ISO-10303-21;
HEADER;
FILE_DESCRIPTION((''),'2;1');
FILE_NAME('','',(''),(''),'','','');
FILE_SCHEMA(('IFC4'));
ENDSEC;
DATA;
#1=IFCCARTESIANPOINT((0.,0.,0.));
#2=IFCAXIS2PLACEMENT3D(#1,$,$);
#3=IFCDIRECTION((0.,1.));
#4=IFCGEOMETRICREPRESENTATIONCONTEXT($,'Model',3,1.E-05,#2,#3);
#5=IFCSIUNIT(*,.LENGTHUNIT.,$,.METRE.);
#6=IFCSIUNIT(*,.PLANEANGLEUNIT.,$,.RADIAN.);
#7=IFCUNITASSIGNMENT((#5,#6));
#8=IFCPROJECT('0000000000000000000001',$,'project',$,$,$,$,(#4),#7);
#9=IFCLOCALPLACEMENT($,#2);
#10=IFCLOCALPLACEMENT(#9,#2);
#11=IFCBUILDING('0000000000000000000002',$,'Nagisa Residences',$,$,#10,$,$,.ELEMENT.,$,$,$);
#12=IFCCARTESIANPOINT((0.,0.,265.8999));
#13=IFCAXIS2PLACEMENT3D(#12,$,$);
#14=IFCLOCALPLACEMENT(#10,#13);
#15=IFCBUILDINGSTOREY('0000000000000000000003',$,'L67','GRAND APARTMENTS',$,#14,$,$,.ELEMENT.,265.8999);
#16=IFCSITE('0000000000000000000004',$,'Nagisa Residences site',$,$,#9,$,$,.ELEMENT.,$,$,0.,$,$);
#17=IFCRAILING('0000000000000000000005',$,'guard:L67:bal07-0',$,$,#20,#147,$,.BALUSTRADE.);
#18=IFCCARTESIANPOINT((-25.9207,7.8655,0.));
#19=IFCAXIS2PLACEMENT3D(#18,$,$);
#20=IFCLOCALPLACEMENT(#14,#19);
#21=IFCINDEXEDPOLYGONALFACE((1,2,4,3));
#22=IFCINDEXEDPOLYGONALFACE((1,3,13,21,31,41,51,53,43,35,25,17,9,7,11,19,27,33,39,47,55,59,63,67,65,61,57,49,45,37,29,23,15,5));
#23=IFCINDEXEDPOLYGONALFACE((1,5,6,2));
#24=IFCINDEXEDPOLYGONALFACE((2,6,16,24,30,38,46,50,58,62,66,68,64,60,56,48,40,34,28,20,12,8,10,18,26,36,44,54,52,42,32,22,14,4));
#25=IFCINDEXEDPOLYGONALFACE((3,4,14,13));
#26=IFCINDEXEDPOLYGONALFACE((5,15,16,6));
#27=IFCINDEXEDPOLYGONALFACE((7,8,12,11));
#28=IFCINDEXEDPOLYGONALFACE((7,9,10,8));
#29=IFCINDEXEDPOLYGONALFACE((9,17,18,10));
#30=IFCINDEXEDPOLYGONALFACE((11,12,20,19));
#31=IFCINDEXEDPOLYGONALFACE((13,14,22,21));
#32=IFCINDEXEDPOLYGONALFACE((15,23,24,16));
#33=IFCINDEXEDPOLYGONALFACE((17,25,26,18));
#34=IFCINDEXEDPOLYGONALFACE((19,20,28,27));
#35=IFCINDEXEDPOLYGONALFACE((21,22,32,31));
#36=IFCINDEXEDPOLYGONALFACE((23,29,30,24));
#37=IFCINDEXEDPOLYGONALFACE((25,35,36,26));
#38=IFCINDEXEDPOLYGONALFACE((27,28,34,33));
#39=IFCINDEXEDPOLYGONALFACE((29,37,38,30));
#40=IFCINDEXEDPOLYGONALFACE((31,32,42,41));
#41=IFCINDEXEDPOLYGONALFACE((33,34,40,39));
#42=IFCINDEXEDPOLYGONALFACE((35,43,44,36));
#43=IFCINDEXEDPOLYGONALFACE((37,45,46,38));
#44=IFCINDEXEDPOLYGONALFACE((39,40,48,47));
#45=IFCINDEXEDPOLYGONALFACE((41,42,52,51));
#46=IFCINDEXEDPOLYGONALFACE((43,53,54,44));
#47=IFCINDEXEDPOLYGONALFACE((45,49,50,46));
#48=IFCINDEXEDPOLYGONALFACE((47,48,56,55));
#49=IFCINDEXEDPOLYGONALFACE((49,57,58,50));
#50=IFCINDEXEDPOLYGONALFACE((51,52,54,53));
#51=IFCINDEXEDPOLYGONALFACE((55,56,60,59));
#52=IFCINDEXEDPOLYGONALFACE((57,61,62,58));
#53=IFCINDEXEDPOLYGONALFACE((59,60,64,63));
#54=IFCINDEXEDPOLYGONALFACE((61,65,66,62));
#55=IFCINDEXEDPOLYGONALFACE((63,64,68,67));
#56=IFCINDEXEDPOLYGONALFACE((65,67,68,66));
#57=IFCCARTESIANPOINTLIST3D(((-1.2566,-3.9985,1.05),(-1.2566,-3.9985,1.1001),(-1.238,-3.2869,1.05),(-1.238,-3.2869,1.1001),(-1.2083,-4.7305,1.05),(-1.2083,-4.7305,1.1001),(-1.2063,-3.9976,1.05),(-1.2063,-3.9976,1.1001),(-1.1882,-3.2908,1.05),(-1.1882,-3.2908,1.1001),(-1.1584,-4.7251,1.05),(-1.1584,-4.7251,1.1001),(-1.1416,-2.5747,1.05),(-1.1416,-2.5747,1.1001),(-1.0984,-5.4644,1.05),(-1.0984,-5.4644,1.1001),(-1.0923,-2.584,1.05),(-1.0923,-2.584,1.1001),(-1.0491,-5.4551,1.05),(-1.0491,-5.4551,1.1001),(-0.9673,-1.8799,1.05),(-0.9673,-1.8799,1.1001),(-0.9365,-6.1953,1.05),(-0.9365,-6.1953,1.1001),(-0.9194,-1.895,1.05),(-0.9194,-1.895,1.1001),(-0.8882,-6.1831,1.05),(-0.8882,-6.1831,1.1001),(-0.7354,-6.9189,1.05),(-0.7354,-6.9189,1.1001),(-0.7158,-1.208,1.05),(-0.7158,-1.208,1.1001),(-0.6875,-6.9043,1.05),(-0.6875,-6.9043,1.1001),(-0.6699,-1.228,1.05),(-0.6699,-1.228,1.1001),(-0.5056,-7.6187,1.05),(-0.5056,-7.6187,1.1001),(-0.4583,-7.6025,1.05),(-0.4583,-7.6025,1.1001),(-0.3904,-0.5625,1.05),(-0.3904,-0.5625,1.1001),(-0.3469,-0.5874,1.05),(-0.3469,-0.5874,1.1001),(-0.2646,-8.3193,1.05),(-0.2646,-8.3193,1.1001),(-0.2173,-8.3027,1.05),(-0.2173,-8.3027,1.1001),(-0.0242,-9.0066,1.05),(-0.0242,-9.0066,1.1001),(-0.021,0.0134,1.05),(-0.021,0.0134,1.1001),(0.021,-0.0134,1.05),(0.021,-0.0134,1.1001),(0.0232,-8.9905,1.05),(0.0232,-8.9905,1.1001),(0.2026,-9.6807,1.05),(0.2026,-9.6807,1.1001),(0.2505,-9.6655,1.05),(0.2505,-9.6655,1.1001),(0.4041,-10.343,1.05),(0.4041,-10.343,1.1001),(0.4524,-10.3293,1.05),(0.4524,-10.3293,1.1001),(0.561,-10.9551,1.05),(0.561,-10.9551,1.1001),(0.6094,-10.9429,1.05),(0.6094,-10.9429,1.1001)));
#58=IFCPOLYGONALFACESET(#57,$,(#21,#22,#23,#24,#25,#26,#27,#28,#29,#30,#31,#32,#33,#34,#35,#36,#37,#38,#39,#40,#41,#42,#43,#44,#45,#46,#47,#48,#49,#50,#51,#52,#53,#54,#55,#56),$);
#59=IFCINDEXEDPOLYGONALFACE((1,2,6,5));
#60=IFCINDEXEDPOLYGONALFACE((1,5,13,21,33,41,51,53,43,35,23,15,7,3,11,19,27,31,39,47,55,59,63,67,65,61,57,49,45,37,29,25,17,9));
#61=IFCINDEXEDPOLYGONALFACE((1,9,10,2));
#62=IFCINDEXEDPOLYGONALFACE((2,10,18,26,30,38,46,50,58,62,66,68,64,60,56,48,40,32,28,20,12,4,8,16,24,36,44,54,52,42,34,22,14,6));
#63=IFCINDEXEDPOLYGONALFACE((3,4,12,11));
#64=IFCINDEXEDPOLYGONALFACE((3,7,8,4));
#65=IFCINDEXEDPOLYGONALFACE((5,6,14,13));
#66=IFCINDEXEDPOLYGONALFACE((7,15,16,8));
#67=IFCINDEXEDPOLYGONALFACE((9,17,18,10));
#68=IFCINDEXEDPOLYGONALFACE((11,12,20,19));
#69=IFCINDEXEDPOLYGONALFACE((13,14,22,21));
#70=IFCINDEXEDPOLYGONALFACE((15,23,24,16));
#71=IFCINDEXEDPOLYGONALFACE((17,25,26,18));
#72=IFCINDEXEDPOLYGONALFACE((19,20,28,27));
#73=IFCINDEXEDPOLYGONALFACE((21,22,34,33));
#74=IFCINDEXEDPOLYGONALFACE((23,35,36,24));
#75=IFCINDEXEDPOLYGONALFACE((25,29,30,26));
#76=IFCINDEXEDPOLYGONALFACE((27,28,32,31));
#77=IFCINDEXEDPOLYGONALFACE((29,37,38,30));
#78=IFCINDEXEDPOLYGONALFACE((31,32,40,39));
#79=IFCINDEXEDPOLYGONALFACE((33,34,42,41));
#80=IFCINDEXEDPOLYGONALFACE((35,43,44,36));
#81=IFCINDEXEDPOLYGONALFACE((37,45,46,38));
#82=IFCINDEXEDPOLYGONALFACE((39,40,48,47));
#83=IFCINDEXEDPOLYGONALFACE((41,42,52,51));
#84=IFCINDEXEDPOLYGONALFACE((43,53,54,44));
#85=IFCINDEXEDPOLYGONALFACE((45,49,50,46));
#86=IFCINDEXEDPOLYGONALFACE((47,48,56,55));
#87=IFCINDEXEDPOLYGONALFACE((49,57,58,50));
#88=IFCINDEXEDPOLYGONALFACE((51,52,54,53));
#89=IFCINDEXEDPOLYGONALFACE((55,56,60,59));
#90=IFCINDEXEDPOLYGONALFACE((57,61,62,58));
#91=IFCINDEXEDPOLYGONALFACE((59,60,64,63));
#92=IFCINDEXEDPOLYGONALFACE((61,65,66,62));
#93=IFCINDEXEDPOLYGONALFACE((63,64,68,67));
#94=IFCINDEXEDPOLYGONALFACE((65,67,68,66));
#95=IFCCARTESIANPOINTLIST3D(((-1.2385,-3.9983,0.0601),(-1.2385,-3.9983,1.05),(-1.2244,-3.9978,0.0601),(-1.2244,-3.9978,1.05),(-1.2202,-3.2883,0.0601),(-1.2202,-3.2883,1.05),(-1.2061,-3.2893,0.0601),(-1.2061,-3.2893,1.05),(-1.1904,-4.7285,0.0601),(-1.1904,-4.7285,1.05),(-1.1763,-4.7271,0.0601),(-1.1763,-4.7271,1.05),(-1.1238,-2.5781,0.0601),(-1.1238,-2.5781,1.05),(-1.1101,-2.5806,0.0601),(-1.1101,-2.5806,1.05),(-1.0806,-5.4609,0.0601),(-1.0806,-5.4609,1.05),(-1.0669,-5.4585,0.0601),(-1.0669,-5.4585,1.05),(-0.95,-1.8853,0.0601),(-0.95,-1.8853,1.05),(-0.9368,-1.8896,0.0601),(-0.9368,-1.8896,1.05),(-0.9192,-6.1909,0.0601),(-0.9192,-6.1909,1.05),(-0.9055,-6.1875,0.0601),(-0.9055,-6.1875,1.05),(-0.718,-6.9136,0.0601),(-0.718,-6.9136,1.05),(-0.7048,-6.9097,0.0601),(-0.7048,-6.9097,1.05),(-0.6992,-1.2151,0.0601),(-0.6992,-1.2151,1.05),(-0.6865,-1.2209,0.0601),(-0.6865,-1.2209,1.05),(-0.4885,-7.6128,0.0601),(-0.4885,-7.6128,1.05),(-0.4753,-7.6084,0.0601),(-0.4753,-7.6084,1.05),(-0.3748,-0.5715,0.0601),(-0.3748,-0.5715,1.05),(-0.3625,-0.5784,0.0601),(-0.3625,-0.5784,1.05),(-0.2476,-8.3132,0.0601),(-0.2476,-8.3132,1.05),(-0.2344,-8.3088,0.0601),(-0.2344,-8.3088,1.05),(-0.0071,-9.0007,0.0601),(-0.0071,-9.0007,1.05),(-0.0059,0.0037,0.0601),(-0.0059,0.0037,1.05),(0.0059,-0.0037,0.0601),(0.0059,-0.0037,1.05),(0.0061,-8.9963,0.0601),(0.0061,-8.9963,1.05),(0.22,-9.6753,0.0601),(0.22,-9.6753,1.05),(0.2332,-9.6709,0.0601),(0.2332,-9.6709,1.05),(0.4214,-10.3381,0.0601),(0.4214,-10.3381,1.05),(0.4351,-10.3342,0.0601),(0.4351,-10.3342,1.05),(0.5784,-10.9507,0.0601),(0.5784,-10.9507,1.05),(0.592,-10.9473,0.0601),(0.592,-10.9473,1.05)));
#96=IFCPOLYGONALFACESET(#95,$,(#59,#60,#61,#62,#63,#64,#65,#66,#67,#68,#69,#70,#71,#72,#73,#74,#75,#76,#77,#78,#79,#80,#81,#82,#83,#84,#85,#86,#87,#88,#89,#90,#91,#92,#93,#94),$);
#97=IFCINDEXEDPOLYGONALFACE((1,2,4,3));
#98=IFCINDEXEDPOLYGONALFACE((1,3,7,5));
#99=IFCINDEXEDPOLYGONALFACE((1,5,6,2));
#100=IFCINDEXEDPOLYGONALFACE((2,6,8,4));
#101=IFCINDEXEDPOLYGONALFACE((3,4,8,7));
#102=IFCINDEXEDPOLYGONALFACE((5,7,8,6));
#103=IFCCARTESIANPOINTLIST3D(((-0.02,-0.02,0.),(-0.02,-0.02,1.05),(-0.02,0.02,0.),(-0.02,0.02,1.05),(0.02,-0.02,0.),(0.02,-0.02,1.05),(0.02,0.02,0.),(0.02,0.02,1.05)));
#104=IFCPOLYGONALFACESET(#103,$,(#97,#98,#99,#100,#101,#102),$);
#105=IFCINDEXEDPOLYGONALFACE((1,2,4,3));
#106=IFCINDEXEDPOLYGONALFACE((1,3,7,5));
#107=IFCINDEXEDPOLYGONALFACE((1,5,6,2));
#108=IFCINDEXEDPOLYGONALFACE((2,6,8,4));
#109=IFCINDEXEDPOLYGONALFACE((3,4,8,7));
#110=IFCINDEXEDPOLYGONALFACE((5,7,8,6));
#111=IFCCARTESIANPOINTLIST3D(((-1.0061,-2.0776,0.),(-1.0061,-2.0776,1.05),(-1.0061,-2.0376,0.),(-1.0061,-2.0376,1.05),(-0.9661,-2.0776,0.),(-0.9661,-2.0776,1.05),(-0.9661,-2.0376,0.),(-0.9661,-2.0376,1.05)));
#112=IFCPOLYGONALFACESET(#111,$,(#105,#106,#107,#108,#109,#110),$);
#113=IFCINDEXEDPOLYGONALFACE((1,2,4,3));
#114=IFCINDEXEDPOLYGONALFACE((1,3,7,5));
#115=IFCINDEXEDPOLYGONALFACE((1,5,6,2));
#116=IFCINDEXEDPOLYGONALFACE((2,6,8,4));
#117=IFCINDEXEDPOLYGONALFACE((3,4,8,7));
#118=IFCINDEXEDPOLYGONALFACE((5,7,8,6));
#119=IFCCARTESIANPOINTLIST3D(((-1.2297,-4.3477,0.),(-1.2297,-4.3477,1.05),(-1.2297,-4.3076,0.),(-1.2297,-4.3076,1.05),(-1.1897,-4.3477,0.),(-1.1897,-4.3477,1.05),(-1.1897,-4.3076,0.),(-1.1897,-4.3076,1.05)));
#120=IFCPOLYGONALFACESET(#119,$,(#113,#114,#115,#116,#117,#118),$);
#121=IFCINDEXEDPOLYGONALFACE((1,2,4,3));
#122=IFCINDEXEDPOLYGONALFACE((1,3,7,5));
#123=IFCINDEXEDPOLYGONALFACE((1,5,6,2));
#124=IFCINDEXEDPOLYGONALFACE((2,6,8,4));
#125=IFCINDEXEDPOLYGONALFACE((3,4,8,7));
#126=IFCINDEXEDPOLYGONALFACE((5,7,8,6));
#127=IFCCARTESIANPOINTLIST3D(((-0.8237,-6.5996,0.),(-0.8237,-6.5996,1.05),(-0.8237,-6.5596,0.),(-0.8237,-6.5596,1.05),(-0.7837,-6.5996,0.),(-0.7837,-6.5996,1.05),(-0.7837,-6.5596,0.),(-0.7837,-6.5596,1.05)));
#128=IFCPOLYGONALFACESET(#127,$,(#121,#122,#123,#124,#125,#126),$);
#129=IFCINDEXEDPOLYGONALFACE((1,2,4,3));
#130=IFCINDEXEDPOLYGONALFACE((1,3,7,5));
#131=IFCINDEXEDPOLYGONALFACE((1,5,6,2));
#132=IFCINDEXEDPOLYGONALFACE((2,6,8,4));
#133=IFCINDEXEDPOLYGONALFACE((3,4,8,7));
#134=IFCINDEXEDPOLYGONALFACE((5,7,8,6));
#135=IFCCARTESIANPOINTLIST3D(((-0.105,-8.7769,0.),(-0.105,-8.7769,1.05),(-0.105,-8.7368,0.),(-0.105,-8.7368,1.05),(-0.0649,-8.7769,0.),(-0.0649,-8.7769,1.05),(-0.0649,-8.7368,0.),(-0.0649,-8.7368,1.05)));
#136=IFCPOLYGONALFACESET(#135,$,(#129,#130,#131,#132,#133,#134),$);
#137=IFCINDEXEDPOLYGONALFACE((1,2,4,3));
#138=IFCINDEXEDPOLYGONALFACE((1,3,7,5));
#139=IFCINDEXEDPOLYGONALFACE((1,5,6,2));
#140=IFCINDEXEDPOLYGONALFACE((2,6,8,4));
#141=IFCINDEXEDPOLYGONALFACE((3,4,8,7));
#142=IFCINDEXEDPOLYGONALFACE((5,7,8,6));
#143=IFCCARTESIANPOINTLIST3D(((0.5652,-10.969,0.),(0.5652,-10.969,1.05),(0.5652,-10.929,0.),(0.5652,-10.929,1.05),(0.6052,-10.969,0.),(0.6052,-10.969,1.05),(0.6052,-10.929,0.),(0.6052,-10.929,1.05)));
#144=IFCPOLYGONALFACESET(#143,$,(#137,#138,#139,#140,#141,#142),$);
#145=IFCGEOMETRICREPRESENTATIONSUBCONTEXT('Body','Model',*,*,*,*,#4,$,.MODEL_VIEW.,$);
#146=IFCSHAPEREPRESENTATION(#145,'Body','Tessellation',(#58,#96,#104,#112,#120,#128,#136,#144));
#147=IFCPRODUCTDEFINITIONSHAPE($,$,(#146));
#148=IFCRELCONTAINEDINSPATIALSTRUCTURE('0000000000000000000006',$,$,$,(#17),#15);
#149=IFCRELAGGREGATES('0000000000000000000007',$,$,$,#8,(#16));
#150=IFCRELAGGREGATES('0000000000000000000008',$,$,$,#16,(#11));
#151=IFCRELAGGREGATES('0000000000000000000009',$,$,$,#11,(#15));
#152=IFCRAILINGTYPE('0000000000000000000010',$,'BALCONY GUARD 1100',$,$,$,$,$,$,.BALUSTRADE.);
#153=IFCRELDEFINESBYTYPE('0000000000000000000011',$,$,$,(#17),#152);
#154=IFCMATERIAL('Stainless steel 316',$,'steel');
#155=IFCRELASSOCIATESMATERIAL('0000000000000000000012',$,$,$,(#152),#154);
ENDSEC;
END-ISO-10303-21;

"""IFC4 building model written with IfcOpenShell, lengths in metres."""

from ifc_helpers import new_model, si_unit, direction, frame, origin, origin_2d, place, context, subcontext, project, spatial, polyline, rectangle, outline, extrude, material, type_object, element, save


model = new_model("IFC4")

# Units and contexts
model_context = context("Model", 3, precision=1e-05, world=origin(), true_north=direction((0.0, 1.0)))
body_context = subcontext(model_context, "Body", "Model", "MODEL_VIEW")
ifc_project = project(units=[si_unit("LENGTHUNIT", "METRE"), si_unit("PLANEANGLEUNIT", "RADIAN")], contexts=[model_context])

# Site, building, storey
site_placement = place(None, origin())
site = spatial("IfcSite", under=ifc_project, at=site_placement, Name="Nagisa Residences site", CompositionType="ELEMENT", RefElevation=0.0)
building_placement = place(site_placement, origin())
building = spatial("IfcBuilding", under=site, at=building_placement, Name="Nagisa Residences", CompositionType="ELEMENT")
storey_placement = place(building_placement, frame((0.0, 0.0, 265.8999)))
storey = spatial("IfcBuildingStorey", under=building, at=storey_placement, Name="L67", Description="GRAND APARTMENTS", CompositionType="ELEMENT", Elevation=265.8999)

# Railing
ifc_material_1 = material(Name="Stainless steel 316", Category="steel")
railing_type = type_object("IfcRailingType", Name="BALCONY GUARD 1100", PredefinedType="BALUSTRADE", material=ifc_material_1)
railing_placement = place(storey_placement, frame((-25.9207, 7.8655, 0.0)))
element("IfcRailing", 1, at=railing_placement, inside=storey, type_object=railing_type, Name="guard:L67:bal07-0", PredefinedType="BALUSTRADE", context=body_context, shape_type="SweptSolid", body=[
    extrude(outline(polyline([(-0.3469, -0.5874), (0.021, -0.0134), (-0.021, 0.0134), (-0.3904, -0.5625), (-0.7158, -1.208), (-0.9673, -1.8799), (-1.1416, -2.5747), (-1.238, -3.2869), (-1.2566, -3.9985), (-1.2083, -4.7305), (-1.0984, -5.4644), (-0.9365, -6.1953), (-0.7354, -6.9189), (-0.5056, -7.6187), (-0.2646, -8.3193), (-0.0242, -9.0066), (0.2026, -9.6807), (0.4041, -10.343), (0.561, -10.9551), (0.6094, -10.9429), (0.4524, -10.3293), (0.2505, -9.6655), (0.0232, -8.9905), (-0.2173, -8.3027), (-0.4583, -7.6025), (-0.6875, -6.9043), (-0.8882, -6.1831), (-1.0491, -5.4551), (-1.1584, -4.7251), (-1.2063, -3.9976), (-1.1882, -3.2908), (-1.0923, -2.584), (-0.9194, -1.895), (-0.6699, -1.228), (-0.3469, -0.5874)])), frame((0.0, 0.0, 1.05)), (0.0, 0.0, 1.0), 0.05),
    extrude(outline(polyline([(-0.3625, -0.5784), (0.0059, -0.0037), (-0.0059, 0.0037), (-0.3748, -0.5715), (-0.6992, -1.2151), (-0.95, -1.8853), (-1.1238, -2.5781), (-1.2202, -3.2883), (-1.2385, -3.9983), (-1.1904, -4.7285), (-1.0806, -5.4609), (-0.9192, -6.1909), (-0.718, -6.9136), (-0.4885, -7.6128), (-0.2476, -8.3132), (-0.0071, -9.0007), (0.22, -9.6753), (0.4214, -10.3381), (0.5784, -10.9507), (0.592, -10.9473), (0.4351, -10.3342), (0.2332, -9.6709), (0.0061, -8.9963), (-0.2344, -8.3088), (-0.4753, -7.6084), (-0.7048, -6.9097), (-0.9055, -6.1875), (-1.0669, -5.4585), (-1.1763, -4.7271), (-1.2244, -3.9978), (-1.2061, -3.2893), (-1.1101, -2.5806), (-0.9368, -1.8896), (-0.6865, -1.2209), (-0.3625, -0.5784)])), frame((0.0, 0.0, 0.0601)), (0.0, 0.0, 1.0), 0.99),
    extrude(rectangle(XDim=0.04, YDim=0.04, at=origin_2d()), origin(), (0.0, 0.0, 1.0), 1.05),
    extrude(rectangle(XDim=0.04, YDim=0.04, at=origin_2d()), frame((-0.9861, -2.0576, 0.0)), (0.0, 0.0, 1.0), 1.05),
    extrude(rectangle(XDim=0.04, YDim=0.04, at=origin_2d()), frame((-1.2097, -4.3276, 0.0)), (0.0, 0.0, 1.0), 1.05),
    extrude(rectangle(XDim=0.04, YDim=0.04, at=origin_2d()), frame((-0.8037, -6.5796, 0.0)), (0.0, 0.0, 1.0), 1.05),
    extrude(rectangle(XDim=0.04, YDim=0.04, at=origin_2d()), frame((-0.085, -8.7568, 0.0)), (0.0, 0.0, 1.0), 1.05),
    extrude(rectangle(XDim=0.04, YDim=0.04, at=origin_2d()), frame((0.5852, -10.949, 0.0)), (0.0, 0.0, 1.0), 1.05),
])

save(model, "model.ifc")
